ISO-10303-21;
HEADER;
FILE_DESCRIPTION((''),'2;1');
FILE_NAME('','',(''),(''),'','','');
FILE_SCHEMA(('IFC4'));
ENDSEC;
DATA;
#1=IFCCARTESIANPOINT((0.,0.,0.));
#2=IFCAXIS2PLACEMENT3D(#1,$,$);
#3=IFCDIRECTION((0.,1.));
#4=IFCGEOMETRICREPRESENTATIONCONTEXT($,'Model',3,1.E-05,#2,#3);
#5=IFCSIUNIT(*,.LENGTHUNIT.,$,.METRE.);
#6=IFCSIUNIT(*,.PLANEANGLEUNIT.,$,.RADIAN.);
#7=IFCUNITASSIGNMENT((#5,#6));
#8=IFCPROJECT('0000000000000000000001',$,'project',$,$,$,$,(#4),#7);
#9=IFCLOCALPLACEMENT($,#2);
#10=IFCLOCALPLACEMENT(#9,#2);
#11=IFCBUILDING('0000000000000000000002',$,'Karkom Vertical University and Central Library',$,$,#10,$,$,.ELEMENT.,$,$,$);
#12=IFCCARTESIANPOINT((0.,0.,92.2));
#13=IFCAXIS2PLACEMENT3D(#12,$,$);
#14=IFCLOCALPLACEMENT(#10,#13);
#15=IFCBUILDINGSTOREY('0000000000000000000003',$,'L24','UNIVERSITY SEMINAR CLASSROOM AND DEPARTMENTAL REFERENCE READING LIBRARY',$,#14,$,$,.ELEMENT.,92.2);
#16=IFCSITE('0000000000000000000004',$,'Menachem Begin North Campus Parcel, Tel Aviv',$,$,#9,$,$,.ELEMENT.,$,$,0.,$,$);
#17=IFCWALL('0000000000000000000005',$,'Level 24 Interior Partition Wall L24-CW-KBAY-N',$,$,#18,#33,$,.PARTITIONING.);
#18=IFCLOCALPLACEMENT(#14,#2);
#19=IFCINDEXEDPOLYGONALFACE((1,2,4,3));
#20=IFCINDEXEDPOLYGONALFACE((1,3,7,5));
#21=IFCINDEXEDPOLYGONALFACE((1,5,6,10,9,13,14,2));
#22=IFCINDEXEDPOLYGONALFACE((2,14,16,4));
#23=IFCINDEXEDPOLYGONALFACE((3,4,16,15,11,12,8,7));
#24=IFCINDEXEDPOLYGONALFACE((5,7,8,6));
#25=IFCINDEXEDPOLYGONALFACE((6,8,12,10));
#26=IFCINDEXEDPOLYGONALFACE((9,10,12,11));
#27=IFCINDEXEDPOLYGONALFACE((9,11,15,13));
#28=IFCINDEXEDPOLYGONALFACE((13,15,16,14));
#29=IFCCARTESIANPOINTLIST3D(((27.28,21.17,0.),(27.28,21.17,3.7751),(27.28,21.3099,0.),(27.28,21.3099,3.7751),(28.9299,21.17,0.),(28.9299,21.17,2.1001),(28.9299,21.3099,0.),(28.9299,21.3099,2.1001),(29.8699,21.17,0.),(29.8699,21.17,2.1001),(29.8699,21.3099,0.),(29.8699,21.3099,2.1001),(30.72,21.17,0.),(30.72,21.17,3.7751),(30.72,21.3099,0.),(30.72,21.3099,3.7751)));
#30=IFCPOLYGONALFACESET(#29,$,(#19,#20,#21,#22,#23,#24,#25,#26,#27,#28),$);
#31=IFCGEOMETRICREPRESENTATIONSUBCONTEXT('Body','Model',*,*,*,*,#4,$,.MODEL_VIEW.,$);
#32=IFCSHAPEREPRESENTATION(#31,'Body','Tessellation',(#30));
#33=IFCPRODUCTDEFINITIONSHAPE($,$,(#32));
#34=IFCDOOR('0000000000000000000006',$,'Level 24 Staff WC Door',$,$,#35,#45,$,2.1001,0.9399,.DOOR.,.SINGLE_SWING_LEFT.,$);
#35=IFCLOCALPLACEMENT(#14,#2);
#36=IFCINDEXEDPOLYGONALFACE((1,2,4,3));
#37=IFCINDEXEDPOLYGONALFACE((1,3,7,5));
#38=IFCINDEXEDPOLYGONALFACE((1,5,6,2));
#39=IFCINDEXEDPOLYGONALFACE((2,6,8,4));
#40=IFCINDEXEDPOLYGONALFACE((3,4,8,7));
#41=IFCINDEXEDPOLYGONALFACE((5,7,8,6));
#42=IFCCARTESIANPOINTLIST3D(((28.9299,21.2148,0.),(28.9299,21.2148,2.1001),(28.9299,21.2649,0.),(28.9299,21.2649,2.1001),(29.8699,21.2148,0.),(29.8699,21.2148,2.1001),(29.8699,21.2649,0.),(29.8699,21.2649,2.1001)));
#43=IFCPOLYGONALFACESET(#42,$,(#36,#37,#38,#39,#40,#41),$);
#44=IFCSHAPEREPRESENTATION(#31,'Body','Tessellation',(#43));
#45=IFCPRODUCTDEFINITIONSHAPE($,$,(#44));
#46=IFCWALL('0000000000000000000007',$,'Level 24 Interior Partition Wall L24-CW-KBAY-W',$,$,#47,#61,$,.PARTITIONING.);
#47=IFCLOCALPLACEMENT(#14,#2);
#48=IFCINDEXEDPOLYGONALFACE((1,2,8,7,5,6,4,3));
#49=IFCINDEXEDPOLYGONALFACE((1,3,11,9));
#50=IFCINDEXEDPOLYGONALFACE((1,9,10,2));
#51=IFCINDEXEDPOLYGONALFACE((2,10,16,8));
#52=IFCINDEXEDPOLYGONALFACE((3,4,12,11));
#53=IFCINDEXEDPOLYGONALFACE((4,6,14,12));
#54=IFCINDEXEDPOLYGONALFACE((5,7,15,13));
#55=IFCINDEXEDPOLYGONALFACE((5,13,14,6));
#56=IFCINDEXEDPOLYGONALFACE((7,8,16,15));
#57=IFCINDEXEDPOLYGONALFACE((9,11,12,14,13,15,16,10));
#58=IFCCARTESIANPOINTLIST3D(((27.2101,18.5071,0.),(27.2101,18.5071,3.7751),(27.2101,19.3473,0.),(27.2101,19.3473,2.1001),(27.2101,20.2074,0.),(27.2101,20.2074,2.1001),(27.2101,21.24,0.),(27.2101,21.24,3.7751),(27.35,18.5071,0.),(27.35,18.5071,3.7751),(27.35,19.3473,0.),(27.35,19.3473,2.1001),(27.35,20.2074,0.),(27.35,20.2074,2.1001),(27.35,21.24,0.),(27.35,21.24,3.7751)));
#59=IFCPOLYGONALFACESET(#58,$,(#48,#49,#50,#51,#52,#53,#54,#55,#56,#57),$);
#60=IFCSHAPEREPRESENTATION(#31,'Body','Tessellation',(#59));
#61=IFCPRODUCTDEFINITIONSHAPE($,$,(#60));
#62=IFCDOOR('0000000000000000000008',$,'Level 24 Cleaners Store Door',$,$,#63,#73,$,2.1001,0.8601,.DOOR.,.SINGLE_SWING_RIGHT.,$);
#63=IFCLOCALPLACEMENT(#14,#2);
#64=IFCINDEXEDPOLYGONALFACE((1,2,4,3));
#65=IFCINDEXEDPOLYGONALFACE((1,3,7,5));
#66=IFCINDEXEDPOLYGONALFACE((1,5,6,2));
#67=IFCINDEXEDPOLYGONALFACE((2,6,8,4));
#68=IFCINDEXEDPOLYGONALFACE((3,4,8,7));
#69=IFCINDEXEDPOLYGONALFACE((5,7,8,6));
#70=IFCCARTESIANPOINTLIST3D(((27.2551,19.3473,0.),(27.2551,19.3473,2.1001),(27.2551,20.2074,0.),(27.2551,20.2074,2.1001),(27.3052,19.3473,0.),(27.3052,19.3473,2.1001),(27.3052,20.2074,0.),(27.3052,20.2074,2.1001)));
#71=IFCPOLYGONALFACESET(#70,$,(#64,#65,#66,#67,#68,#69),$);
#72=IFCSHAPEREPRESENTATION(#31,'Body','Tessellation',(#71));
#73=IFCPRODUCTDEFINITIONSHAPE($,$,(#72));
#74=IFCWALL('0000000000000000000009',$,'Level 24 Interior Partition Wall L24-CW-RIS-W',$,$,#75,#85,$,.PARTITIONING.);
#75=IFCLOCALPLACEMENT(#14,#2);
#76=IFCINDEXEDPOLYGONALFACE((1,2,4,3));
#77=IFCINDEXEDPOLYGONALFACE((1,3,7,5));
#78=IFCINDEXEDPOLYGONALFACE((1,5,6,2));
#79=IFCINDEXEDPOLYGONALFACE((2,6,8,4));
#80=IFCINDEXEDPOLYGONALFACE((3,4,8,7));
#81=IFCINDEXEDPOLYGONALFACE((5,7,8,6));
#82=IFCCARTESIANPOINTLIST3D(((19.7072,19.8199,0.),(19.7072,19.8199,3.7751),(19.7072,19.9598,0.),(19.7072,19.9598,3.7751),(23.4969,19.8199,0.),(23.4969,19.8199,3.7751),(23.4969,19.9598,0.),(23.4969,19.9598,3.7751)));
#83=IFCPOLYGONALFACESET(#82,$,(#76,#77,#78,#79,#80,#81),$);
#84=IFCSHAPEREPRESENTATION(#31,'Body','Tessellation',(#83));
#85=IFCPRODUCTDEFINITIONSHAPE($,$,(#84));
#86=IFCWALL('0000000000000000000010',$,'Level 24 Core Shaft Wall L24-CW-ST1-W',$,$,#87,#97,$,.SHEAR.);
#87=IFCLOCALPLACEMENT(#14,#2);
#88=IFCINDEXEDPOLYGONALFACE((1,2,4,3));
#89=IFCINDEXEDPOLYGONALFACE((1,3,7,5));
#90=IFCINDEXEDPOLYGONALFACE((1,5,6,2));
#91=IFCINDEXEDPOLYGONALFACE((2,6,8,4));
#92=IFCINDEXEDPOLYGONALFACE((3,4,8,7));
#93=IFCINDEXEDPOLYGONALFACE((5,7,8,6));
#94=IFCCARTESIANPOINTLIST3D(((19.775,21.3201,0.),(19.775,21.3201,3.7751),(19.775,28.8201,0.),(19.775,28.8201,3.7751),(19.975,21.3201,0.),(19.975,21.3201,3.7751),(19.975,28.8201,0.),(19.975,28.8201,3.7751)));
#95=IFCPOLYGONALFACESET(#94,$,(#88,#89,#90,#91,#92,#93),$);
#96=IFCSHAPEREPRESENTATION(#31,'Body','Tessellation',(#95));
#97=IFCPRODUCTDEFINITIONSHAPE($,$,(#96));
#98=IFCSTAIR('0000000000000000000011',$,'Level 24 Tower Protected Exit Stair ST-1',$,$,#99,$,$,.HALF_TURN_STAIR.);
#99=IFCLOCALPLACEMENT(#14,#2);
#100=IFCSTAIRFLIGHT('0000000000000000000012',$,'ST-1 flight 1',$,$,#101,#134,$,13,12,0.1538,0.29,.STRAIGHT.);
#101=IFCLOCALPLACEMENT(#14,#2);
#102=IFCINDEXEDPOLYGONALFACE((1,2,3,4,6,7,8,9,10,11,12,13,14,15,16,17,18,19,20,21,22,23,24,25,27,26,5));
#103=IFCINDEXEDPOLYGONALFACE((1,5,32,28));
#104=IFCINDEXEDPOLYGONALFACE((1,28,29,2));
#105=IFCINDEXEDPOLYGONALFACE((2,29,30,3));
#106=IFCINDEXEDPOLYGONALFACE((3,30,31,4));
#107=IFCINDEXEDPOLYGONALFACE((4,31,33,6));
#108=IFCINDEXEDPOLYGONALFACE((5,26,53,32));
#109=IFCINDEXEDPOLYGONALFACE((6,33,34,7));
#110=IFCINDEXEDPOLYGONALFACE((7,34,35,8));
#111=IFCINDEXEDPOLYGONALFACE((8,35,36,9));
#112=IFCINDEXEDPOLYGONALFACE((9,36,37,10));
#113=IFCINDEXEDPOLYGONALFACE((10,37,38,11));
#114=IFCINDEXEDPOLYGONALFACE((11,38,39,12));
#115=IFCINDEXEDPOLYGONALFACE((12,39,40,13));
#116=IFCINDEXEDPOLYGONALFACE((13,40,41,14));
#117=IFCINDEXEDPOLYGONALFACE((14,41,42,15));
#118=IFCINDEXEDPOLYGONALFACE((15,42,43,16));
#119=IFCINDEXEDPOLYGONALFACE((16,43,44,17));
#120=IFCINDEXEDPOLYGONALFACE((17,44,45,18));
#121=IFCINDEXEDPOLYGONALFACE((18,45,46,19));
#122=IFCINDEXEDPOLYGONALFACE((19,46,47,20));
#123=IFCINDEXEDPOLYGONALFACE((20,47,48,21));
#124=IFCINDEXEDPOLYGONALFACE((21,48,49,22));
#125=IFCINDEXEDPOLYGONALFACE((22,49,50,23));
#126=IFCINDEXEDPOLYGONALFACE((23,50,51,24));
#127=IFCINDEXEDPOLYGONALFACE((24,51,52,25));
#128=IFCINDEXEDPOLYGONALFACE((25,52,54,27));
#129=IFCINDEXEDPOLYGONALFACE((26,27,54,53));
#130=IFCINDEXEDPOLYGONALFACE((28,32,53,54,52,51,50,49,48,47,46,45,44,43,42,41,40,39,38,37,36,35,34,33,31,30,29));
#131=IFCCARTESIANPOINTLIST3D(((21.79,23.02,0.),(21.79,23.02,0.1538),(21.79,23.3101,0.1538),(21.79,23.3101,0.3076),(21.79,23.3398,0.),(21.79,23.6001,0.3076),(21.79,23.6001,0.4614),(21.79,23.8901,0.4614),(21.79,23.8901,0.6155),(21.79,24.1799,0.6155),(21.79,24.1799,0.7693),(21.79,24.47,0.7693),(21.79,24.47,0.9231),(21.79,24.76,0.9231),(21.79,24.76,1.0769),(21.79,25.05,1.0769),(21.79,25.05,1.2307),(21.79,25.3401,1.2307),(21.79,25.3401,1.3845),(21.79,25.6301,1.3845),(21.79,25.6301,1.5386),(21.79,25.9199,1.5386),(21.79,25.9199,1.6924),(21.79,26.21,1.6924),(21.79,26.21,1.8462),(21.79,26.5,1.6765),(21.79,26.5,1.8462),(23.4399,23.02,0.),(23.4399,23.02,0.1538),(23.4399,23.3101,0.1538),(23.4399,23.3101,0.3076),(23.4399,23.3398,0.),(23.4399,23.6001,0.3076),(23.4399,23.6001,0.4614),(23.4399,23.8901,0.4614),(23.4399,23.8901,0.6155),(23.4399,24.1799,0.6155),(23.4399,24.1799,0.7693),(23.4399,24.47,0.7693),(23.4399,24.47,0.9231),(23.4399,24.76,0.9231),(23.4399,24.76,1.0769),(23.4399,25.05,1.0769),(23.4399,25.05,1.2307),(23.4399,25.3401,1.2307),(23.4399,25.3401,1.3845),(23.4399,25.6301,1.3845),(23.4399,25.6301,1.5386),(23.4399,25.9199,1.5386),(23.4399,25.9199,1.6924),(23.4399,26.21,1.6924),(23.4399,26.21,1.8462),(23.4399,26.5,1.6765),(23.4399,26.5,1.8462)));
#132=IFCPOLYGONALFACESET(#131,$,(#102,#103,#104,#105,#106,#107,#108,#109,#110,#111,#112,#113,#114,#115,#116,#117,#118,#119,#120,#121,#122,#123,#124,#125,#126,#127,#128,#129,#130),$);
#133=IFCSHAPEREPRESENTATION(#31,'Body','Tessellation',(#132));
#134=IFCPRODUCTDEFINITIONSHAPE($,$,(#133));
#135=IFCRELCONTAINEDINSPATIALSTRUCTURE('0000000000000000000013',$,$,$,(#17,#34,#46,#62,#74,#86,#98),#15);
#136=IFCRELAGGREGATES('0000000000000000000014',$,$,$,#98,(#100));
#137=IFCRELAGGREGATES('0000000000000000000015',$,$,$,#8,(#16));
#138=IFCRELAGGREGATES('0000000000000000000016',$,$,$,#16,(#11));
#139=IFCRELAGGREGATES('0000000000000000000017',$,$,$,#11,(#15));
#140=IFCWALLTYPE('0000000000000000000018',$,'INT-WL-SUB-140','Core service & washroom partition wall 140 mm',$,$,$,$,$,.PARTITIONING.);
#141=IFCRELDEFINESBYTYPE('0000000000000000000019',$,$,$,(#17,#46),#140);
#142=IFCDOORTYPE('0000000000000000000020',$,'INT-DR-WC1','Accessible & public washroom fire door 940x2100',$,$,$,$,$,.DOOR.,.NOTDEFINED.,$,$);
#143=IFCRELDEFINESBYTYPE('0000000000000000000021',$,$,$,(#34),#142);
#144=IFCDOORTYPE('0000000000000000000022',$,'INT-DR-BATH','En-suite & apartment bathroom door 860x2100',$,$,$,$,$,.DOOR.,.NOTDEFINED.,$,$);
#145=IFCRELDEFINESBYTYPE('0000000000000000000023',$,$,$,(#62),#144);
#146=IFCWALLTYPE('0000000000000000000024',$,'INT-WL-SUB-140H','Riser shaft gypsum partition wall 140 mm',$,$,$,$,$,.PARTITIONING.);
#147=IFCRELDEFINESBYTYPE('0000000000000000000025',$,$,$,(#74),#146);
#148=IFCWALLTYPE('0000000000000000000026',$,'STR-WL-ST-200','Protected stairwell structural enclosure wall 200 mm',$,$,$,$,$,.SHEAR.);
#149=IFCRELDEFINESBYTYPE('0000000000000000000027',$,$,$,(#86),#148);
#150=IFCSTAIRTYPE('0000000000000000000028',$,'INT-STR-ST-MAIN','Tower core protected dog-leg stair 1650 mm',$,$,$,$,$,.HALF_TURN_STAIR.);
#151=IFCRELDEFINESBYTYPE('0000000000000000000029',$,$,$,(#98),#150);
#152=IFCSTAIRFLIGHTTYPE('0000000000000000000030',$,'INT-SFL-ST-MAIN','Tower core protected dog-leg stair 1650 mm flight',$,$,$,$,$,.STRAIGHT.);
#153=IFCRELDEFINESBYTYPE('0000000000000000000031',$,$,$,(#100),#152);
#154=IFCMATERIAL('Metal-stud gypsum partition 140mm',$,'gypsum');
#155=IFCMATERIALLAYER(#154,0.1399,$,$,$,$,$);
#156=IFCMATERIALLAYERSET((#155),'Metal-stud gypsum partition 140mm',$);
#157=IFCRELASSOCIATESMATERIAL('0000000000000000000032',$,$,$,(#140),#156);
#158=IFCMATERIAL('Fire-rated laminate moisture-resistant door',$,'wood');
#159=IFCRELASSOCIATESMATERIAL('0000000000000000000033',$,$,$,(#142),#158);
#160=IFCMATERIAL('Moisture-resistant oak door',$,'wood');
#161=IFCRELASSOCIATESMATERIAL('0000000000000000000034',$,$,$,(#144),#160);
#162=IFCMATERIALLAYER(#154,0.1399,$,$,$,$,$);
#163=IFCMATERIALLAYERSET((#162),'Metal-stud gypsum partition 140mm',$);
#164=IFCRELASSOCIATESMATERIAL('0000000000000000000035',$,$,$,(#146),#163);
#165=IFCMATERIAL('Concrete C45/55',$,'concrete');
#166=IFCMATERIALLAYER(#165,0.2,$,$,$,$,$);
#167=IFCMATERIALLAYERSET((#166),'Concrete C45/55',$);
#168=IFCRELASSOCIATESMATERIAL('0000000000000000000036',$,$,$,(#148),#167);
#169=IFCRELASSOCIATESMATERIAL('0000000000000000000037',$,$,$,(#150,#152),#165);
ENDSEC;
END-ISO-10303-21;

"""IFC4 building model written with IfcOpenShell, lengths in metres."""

from ifc_helpers import new_model, si_unit, direction, frame, frame_2d, origin, origin_with_axes, place, context, subcontext, project, spatial, polyline, rectangle, outline, extrude, source, transform, mapped, material, layer, layer_set, type_object, element, fill, aggregate, save


model = new_model("IFC4")

# Units and contexts
model_context = context("Model", 3, precision=1e-05, world=origin(), true_north=direction((0.0, 1.0)))
body_context = subcontext(model_context, "Body", "Model", "MODEL_VIEW")
ifc_project = project(units=[si_unit("LENGTHUNIT", "METRE"), si_unit("PLANEANGLEUNIT", "RADIAN")], contexts=[model_context])

# Site, building, storey
site_placement = place(None, origin())
site = spatial("IfcSite", under=ifc_project, at=site_placement, Name="Menachem Begin North Campus Parcel, Tel Aviv", CompositionType="ELEMENT", RefElevation=0.0)
building_placement = place(site_placement, origin())
building = spatial("IfcBuilding", under=site, at=building_placement, Name="Karkom Vertical University and Central Library", CompositionType="ELEMENT")
storey_placement = place(building_placement, frame((0.0, 0.0, 92.2)))
storey = spatial("IfcBuildingStorey", under=building, at=storey_placement, Name="L24", Description="UNIVERSITY SEMINAR CLASSROOM AND DEPARTMENTAL REFERENCE READING LIBRARY", CompositionType="ELEMENT", Elevation=92.2)

# Walls, openings, doors
ifc_material_1 = material(Name="Metal-stud gypsum partition 140mm", Category="gypsum")
ifc_layer_1 = layer(ifc_material_1, 0.1399)
ifc_layer_set_1 = layer_set([ifc_layer_1], Name="Metal-stud gypsum partition 140mm")
wall_type_1 = type_object("IfcWallType", Name="INT-WL-SUB-140", Description="Core service & washroom partition wall 140 mm", PredefinedType="PARTITIONING", material=ifc_layer_set_1)
wall_1_placement = place(storey_placement, frame((27.28, 21.24, 0.0), z_axis=(0.0, 0.0, 1.0), x_axis=(1.0, 0.0, 0.0)))
wall_1 = element("IfcWall", 1, at=wall_1_placement, inside=storey, type_object=wall_type_1, Name="Level 24 Interior Partition Wall L24-CW-KBAY-N", PredefinedType="PARTITIONING", context=body_context, shape_type="SweptSolid", body=[
    extrude(rectangle(XDim=3.4399, YDim=0.1399, at=frame_2d((1.72, 0.0))), origin(), (0.0, 0.0, 1.0), 3.7751),
])
opening_1_placement = place(wall_1_placement, frame((1.6499, 0.0, 0.0)))
opening_1 = element("IfcOpeningElement", 2, at=opening_1_placement, cuts=wall_1, PredefinedType="OPENING", context=body_context, shape_type="SweptSolid", body=[
    extrude(rectangle(XDim=0.9399, YDim=2.1001, at=frame_2d((0.47, 1.05))), frame((0.0, 0.0801, 0.0), z_axis=(0.0, -1.0, 0.0), x_axis=(1.0, 0.0, 0.0)), (0.0, 0.0, 1.0), 0.1599),
])
ifc_material_2 = material(Name="Fire-rated laminate moisture-resistant door", Category="wood")
door_type_1 = type_object("IfcDoorType", Name="INT-DR-WC1", Description="Accessible & public washroom fire door 940x2100", OperationType="NOTDEFINED", PredefinedType="DOOR", material=ifc_material_2)
shared_shape_1 = source(origin_with_axes(), body_context, "Body", "SweptSolid", [
    extrude(rectangle(XDim=0.9399, YDim=2.1001, at=frame_2d((0.47, 1.05))), frame((0.0, 0.0249, 0.0), z_axis=(0.0, -1.0, 0.0), x_axis=(1.0, 0.0, 0.0)), (0.0, 0.0, 1.0), 0.05),
])
door_1_placement = place(opening_1_placement, origin())
door_1 = element("IfcDoor", 3, at=door_1_placement, inside=storey, type_object=door_type_1, Name="Level 24 Staff WC Door", OperationType="SINGLE_SWING_LEFT", OverallHeight=2.1001, OverallWidth=0.9399, PredefinedType="DOOR", context=body_context, shape_type="MappedRepresentation", body=[
    mapped(shared_shape_1, transform((0.0, 0.0, 0.0), scale=1.0)),
])
fill(opening_1, door_1)
wall_2_placement = place(storey_placement, frame((27.28, 18.5071, 0.0), z_axis=(0.0, 0.0, 1.0), x_axis=(0.0, 1.0, 0.0)))
wall_2 = element("IfcWall", 4, at=wall_2_placement, inside=storey, type_object=wall_type_1, Name="Level 24 Interior Partition Wall L24-CW-KBAY-W", PredefinedType="PARTITIONING", context=body_context, shape_type="SweptSolid", body=[
    extrude(rectangle(XDim=2.7329, YDim=0.1399, at=frame_2d((1.3665, 0.0))), origin(), (0.0, 0.0, 1.0), 3.7751),
])
opening_2_placement = place(wall_2_placement, frame((0.8401, 0.0, 0.0)))
opening_2 = element("IfcOpeningElement", 5, at=opening_2_placement, cuts=wall_2, PredefinedType="OPENING", context=body_context, shape_type="SweptSolid", body=[
    extrude(rectangle(XDim=0.8601, YDim=2.1001, at=frame_2d((0.4302, 1.05))), frame((0.0, 0.0801, 0.0), z_axis=(0.0, -1.0, 0.0), x_axis=(1.0, 0.0, 0.0)), (0.0, 0.0, 1.0), 0.1599),
])
ifc_material_3 = material(Name="Moisture-resistant oak door", Category="wood")
door_type_2 = type_object("IfcDoorType", Name="INT-DR-BATH", Description="En-suite & apartment bathroom door 860x2100", OperationType="NOTDEFINED", PredefinedType="DOOR", material=ifc_material_3)
shared_shape_2 = source(origin_with_axes(), body_context, "Body", "SweptSolid", [
    extrude(rectangle(XDim=0.8601, YDim=2.1001, at=frame_2d((0.4302, 1.05))), frame((0.0, 0.0249, 0.0), z_axis=(0.0, -1.0, 0.0), x_axis=(1.0, 0.0, 0.0)), (0.0, 0.0, 1.0), 0.05),
])
door_2_placement = place(opening_2_placement, origin())
door_2 = element("IfcDoor", 6, at=door_2_placement, inside=storey, type_object=door_type_2, Name="Level 24 Cleaners Store Door", OperationType="SINGLE_SWING_RIGHT", OverallHeight=2.1001, OverallWidth=0.8601, PredefinedType="DOOR", context=body_context, shape_type="MappedRepresentation", body=[
    mapped(shared_shape_2, transform((0.0, 0.0, 0.0), scale=1.0)),
])
fill(opening_2, door_2)

# Wall
ifc_layer_2 = layer(ifc_material_1, 0.1399)
ifc_layer_set_2 = layer_set([ifc_layer_2], Name="Metal-stud gypsum partition 140mm")
wall_type_2 = type_object("IfcWallType", Name="INT-WL-SUB-140H", Description="Riser shaft gypsum partition wall 140 mm", PredefinedType="PARTITIONING", material=ifc_layer_set_2)
wall_3_placement = place(storey_placement, frame((19.707, 19.8899, 0.0), z_axis=(0.0, 0.0, 1.0), x_axis=(1.0, 0.0, 0.0)))
element("IfcWall", 7, at=wall_3_placement, inside=storey, type_object=wall_type_2, Name="Level 24 Interior Partition Wall L24-CW-RIS-W", PredefinedType="PARTITIONING", context=body_context, shape_type="SweptSolid", body=[
    extrude(rectangle(XDim=3.7898, YDim=0.1399, at=frame_2d((1.895, 0.0))), origin(), (0.0, 0.0, 1.0), 3.7751),
])

# Shared definitions
ifc_material_4 = material(Name="Concrete C45/55", Category="concrete")
ifc_layer_3 = layer(ifc_material_4, 0.2)
ifc_layer_set_3 = layer_set([ifc_layer_3], Name="Concrete C45/55")
wall_type_3 = type_object("IfcWallType", Name="STR-WL-ST-200", Description="Protected stairwell structural enclosure wall 200 mm", PredefinedType="SHEAR", material=ifc_layer_set_3)

# Wall
wall_4_placement = place(storey_placement, frame((19.875, 21.3201, 0.0), z_axis=(0.0, 0.0, 1.0), x_axis=(0.0, 1.0, 0.0)))
element("IfcWall", 8, at=wall_4_placement, inside=storey, type_object=wall_type_3, Name="Level 24 Core Shaft Wall L24-CW-ST1-W", PredefinedType="SHEAR", context=body_context, shape_type="SweptSolid", body=[
    extrude(rectangle(XDim=7.5, YDim=0.2, at=frame_2d((3.75, 0.0))), origin(), (0.0, 0.0, 1.0), 3.7751),
])

# Stair, stair flight
stair_type = type_object("IfcStairType", Name="INT-STR-ST-MAIN", Description="Tower core protected dog-leg stair 1650 mm", PredefinedType="HALF_TURN_STAIR", material=ifc_material_4)
stair_placement = place(storey_placement, origin())
stair = element("IfcStair", 9, at=stair_placement, inside=storey, type_object=stair_type, Name="Level 24 Tower Protected Exit Stair ST-1", PredefinedType="HALF_TURN_STAIR")
stair_flight_type = type_object("IfcStairFlightType", Name="INT-SFL-ST-MAIN", Description="Tower core protected dog-leg stair 1650 mm flight", PredefinedType="STRAIGHT", material=ifc_material_4)
stair_flight_placement = place(storey_placement, frame((22.615, 23.02, 0.0), z_axis=(0.0, 0.0, 1.0), x_axis=(0.0, 1.0, 0.0)))
stair_flight = element("IfcStairFlight", 10, at=stair_flight_placement, type_object=stair_flight_type, Name="ST-1 flight 1", NumberOfRisers=13, NumberOfTreads=12, PredefinedType="STRAIGHT", RiserHeight=0.1538, TreadLength=0.29, context=body_context, shape_type="SweptSolid", body=[
    extrude(outline(polyline([(0.0, 0.0), (0.0, 0.1538), (0.29, 0.1538), (0.29, 0.3076), (0.5801, 0.3076), (0.5801, 0.4614), (0.8701, 0.4614), (0.8701, 0.6155), (1.1599, 0.6155), (1.1599, 0.7693), (1.45, 0.7693), (1.45, 0.9231), (1.74, 0.9231), (1.74, 1.0769), (2.03, 1.0769), (2.03, 1.2307), (2.3201, 1.2307), (2.3201, 1.3845), (2.6101, 1.3845), (2.6101, 1.5386), (2.8999, 1.5386), (2.8999, 1.6924), (3.1899, 1.6924), (3.1899, 1.8462), (3.48, 1.8462), (3.48, 2.0), (3.48, 1.6765), (0.3198, 0.0), (0.0, 0.0)])), frame((0.0, 0.825, 0.0), z_axis=(0.0, -1.0, 0.0), x_axis=(1.0, 0.0, 0.0)), (0.0, 0.0, 1.0), 1.6499),
])
aggregate(stair, [stair_flight])

save(model, "model.ifc")
